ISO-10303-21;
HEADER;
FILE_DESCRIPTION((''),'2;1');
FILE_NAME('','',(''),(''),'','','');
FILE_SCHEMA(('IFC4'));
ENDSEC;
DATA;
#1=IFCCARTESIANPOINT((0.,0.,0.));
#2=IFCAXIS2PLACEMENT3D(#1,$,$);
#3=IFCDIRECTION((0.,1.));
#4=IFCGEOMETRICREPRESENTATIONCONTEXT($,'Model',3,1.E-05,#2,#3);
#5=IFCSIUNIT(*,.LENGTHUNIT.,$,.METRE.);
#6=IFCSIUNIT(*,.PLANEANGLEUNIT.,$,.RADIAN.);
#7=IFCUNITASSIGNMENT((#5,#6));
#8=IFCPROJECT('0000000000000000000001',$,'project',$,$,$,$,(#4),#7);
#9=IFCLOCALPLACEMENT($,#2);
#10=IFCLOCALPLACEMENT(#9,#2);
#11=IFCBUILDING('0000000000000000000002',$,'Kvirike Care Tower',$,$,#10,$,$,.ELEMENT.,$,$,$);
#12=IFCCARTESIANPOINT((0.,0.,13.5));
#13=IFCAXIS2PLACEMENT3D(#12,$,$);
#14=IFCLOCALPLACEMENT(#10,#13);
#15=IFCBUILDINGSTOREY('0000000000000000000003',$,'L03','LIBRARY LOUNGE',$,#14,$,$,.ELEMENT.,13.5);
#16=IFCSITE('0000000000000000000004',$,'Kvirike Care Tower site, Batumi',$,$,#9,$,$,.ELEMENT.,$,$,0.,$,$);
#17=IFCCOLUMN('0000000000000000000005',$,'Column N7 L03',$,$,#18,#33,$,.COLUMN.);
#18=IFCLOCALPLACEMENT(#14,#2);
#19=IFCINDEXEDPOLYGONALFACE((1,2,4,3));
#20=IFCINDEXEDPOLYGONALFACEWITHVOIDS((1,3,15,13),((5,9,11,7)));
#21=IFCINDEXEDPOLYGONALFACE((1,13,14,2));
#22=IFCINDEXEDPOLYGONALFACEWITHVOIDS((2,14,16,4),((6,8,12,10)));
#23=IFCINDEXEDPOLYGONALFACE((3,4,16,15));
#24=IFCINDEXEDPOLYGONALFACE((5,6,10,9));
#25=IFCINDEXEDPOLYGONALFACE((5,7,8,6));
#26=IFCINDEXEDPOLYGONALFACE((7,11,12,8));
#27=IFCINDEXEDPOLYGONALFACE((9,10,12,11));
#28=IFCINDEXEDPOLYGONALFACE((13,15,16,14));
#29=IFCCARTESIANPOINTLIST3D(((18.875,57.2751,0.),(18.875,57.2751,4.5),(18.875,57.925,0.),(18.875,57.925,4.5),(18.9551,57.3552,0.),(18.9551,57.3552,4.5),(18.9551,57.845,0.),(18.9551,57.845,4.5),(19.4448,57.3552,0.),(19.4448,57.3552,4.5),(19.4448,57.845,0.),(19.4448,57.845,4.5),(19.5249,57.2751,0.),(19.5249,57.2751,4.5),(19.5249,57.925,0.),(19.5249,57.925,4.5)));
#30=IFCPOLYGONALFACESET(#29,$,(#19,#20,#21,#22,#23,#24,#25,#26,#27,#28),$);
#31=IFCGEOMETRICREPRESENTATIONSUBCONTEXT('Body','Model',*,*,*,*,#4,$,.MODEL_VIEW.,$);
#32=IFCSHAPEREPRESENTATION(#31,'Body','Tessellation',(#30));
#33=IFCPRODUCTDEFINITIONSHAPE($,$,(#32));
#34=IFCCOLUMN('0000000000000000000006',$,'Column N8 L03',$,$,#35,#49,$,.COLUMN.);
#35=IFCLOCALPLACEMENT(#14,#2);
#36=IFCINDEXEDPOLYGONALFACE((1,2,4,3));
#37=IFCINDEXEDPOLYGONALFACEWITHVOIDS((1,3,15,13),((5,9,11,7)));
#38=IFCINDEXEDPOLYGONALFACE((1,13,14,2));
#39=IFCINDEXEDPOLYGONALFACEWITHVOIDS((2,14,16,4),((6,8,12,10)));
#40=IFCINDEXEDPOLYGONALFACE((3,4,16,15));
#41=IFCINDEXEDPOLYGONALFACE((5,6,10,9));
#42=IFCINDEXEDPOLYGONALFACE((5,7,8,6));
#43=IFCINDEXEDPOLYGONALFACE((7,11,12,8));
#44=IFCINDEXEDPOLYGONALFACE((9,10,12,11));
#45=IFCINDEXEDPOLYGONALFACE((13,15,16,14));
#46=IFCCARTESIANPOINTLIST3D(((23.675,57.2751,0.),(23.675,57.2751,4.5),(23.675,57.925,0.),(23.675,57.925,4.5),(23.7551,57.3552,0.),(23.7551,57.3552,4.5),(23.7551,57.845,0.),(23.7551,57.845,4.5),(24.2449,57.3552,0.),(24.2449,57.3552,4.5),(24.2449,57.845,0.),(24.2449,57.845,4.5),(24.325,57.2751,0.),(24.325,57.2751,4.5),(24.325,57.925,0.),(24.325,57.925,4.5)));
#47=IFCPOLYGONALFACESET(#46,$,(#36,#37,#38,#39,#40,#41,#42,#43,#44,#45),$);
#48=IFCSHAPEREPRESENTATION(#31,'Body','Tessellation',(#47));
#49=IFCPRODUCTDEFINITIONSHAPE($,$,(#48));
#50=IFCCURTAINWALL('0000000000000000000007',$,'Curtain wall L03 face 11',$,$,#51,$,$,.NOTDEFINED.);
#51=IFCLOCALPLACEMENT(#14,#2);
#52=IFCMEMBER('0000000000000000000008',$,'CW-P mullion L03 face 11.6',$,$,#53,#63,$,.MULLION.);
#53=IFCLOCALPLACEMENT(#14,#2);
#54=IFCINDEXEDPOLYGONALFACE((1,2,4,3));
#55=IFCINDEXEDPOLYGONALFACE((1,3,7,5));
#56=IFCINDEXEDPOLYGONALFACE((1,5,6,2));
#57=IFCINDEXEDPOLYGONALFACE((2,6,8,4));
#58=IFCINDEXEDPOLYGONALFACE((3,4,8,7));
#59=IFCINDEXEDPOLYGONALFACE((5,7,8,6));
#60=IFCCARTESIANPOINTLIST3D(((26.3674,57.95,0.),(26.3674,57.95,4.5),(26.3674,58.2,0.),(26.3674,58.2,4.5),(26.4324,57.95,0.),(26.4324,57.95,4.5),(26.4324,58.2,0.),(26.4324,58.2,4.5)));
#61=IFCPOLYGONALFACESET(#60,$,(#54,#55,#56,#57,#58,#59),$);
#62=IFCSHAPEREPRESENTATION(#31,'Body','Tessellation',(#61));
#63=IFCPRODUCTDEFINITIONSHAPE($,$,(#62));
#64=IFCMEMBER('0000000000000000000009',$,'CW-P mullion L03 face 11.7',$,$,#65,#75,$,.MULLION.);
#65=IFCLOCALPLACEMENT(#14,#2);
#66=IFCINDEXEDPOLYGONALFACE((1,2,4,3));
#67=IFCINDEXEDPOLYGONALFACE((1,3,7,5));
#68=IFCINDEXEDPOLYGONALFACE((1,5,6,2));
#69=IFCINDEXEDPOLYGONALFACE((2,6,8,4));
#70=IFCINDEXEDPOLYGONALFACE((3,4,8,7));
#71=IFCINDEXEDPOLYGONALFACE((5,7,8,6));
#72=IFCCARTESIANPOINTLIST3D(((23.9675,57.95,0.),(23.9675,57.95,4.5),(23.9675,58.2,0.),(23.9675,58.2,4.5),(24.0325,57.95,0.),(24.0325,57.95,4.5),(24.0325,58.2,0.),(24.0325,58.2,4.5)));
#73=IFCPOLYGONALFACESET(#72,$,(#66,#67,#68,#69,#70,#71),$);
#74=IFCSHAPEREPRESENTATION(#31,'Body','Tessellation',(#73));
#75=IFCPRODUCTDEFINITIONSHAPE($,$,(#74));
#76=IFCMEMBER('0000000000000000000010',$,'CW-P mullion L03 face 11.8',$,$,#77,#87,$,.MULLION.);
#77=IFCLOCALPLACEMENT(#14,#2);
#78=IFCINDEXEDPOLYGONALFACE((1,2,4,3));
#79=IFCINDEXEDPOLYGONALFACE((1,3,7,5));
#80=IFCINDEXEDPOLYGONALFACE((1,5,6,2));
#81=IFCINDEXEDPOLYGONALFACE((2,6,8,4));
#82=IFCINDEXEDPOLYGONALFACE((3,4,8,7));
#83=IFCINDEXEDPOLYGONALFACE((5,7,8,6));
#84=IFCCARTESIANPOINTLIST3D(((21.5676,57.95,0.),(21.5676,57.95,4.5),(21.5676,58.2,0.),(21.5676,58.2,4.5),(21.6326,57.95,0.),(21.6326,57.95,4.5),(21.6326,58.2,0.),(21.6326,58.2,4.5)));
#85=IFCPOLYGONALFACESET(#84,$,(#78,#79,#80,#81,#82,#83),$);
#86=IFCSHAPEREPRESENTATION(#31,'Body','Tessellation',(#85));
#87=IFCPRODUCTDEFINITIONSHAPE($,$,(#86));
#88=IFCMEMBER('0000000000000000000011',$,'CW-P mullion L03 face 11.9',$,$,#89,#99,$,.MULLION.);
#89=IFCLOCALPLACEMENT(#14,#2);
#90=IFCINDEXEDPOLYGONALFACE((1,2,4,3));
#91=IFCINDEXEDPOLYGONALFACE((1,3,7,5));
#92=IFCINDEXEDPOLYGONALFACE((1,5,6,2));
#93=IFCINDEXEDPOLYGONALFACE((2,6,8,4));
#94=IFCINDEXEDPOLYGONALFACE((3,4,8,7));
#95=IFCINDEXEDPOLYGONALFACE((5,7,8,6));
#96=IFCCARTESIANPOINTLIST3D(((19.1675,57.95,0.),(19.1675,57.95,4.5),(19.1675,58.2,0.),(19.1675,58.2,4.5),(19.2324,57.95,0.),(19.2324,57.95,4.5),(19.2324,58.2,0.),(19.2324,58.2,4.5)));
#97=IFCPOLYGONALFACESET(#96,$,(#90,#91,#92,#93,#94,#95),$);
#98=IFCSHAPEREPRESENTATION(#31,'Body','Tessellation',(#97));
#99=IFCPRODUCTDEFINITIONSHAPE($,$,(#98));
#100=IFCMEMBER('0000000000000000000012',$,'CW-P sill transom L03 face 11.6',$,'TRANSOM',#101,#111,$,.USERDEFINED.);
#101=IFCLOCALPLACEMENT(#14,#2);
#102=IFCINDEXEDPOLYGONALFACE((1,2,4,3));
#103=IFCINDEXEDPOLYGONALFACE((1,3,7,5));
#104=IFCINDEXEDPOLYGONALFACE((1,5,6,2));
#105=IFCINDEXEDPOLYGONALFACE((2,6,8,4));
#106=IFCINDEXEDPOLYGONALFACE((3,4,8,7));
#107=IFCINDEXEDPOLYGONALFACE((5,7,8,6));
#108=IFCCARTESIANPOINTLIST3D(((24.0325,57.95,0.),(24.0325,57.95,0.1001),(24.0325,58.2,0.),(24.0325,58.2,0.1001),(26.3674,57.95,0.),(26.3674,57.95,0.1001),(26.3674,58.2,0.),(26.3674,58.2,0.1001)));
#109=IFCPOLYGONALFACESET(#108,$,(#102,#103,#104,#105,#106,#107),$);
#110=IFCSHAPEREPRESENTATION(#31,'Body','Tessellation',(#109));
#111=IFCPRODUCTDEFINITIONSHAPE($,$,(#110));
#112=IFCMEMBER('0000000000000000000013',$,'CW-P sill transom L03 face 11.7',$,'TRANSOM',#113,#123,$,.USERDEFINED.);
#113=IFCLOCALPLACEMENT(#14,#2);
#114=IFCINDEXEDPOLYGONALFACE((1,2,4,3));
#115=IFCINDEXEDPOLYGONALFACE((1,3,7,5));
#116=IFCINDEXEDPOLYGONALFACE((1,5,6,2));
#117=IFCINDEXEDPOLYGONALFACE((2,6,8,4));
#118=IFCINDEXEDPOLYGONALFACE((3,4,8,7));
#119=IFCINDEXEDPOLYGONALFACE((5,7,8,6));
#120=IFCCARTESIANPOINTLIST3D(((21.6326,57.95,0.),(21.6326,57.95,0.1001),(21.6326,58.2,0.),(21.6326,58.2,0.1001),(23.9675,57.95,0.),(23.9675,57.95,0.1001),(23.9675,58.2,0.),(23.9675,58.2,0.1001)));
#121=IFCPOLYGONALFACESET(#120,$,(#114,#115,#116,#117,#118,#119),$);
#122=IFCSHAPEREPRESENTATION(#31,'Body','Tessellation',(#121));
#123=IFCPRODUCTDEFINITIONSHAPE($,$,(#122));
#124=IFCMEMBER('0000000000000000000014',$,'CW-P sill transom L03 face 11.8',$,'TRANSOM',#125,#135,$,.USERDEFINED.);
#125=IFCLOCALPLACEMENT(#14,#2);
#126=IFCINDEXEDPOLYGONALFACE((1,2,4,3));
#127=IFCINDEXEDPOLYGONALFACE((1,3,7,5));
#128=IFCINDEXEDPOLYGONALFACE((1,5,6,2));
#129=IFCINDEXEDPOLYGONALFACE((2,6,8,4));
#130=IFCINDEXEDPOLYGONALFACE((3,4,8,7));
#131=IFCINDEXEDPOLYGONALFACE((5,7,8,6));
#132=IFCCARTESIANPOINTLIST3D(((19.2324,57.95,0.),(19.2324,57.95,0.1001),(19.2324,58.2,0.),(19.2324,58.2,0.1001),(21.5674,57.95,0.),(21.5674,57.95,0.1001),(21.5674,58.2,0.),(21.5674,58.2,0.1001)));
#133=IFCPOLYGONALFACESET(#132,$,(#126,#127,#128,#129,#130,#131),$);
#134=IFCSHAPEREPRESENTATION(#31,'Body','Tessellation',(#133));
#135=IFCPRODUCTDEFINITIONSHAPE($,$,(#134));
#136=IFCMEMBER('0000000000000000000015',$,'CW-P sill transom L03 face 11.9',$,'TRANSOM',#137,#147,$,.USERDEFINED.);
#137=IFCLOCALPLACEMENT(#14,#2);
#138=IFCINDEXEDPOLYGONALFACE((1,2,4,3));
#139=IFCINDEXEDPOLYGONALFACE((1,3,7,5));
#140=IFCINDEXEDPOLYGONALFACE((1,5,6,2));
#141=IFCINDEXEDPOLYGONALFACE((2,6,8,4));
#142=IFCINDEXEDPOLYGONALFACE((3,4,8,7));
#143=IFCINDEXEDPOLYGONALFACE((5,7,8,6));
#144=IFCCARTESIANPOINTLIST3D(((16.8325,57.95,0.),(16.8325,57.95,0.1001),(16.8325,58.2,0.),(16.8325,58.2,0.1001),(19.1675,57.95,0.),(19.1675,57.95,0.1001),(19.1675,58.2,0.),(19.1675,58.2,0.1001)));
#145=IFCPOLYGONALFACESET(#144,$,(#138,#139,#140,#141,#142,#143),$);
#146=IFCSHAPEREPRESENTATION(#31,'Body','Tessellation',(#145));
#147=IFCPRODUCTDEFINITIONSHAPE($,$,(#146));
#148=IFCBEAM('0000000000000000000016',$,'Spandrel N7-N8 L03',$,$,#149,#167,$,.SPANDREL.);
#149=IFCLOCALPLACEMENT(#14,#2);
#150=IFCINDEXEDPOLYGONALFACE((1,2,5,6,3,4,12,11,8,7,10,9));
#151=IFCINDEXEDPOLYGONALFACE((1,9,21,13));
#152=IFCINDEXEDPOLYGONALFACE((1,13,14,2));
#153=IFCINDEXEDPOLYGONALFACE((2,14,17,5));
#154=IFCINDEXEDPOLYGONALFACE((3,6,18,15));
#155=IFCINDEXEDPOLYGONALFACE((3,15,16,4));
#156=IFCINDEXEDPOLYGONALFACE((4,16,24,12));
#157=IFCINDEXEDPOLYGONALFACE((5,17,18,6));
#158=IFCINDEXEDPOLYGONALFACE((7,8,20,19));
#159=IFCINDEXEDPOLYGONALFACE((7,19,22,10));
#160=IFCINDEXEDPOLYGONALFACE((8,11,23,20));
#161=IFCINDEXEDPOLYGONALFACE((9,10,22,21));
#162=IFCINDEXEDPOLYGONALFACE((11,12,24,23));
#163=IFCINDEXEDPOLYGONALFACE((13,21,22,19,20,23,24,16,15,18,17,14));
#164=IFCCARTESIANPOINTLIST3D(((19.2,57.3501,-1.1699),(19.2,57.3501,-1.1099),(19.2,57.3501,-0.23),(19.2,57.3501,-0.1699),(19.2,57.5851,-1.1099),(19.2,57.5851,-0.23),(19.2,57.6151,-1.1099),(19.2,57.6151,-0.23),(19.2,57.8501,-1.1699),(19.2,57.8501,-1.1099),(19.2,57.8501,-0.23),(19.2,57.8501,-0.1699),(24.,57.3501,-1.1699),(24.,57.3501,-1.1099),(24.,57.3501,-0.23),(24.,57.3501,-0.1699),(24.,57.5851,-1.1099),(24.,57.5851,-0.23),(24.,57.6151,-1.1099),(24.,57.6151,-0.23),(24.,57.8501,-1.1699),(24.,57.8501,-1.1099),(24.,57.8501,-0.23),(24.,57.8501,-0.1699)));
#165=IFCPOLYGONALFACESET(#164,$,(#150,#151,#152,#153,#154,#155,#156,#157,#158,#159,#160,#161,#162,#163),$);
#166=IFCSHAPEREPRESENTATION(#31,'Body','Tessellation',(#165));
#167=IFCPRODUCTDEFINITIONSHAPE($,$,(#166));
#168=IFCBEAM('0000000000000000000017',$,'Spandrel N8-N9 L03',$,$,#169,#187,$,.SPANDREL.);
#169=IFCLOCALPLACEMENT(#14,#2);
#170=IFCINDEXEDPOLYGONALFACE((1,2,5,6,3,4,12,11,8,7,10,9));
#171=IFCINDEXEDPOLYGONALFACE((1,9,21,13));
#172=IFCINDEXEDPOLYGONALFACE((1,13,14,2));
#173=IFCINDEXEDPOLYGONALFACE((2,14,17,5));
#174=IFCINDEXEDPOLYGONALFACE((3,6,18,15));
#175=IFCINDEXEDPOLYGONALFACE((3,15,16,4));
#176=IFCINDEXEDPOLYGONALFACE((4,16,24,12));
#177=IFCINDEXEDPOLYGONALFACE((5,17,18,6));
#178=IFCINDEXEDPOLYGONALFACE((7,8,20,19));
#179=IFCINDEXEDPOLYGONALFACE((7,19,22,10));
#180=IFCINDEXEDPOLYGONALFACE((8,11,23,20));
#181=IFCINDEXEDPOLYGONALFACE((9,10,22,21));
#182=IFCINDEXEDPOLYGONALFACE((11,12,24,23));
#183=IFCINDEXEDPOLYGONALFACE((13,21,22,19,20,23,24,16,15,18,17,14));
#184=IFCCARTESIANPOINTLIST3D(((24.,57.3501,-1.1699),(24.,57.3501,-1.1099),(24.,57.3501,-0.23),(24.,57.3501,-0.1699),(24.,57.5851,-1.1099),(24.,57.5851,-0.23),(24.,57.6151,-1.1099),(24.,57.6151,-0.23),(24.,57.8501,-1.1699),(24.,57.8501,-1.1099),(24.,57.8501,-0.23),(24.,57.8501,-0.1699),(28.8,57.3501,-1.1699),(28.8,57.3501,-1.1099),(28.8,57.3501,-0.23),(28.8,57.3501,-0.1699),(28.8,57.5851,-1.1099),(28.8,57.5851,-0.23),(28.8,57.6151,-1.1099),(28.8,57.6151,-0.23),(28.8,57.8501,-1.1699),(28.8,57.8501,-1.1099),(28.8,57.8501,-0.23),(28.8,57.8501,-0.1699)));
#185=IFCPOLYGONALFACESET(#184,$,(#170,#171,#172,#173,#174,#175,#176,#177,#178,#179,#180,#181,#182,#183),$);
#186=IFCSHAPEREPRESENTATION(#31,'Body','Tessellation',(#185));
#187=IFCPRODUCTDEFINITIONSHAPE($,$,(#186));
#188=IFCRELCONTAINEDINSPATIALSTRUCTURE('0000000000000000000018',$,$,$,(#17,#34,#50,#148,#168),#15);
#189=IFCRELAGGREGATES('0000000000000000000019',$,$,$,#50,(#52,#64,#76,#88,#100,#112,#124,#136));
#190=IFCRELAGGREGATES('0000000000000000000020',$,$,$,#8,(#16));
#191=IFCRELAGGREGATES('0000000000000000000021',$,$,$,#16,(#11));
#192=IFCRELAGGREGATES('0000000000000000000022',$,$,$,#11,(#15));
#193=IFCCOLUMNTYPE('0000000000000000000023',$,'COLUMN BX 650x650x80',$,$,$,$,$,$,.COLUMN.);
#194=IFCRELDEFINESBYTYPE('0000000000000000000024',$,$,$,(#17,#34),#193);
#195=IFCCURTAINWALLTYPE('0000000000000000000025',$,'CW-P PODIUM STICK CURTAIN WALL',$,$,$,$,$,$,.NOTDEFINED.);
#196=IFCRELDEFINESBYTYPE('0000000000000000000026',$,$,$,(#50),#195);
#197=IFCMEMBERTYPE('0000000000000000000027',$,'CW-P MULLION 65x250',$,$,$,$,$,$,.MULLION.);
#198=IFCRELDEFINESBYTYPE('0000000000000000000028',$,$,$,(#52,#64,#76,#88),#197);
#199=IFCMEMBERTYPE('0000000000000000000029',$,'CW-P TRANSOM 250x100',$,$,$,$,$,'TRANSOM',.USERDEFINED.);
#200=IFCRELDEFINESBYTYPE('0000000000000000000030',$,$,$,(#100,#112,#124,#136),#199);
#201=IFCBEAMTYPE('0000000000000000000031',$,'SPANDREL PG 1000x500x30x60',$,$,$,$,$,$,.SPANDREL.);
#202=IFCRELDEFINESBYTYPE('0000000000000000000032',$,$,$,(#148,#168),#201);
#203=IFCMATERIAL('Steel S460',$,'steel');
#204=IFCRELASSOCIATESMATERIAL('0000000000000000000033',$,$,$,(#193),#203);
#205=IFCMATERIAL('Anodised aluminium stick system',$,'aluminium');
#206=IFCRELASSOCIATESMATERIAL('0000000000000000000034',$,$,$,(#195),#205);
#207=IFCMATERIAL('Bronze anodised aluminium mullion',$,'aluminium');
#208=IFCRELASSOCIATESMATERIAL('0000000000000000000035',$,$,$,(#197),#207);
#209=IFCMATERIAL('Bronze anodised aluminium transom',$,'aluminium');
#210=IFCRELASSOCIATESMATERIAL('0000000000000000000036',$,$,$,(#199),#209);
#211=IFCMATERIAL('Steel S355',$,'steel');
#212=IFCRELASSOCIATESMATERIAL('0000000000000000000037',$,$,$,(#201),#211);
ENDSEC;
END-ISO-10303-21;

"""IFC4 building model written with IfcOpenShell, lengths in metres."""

from ifc_helpers import new_model, si_unit, direction, frame, origin, origin_2d, place, context, subcontext, project, spatial, rectangle, hollow_rectangle, i_section, extrude, material, material_profile, profile_set, type_object, element, aggregate, save


model = new_model("IFC4")

# Units and contexts
model_context = context("Model", 3, precision=1e-05, world=origin(), true_north=direction((0.0, 1.0)))
body_context = subcontext(model_context, "Body", "Model", "MODEL_VIEW")
ifc_project = project(units=[si_unit("LENGTHUNIT", "METRE"), si_unit("PLANEANGLEUNIT", "RADIAN")], contexts=[model_context])

# Site, building, storey
site_placement = place(None, origin())
site = spatial("IfcSite", under=ifc_project, at=site_placement, Name="Kvirike Care Tower site, Batumi", CompositionType="ELEMENT", RefElevation=0.0)
building_placement = place(site_placement, origin())
building = spatial("IfcBuilding", under=site, at=building_placement, Name="Kvirike Care Tower", CompositionType="ELEMENT")
storey_placement = place(building_placement, frame((0.0, 0.0, 13.5)))
storey = spatial("IfcBuildingStorey", under=building, at=storey_placement, Name="L03", Description="LIBRARY LOUNGE", CompositionType="ELEMENT", Elevation=13.5)

# Columns
ifc_material_1 = material(Name="Steel S460", Category="steel")
ifc_material_profile_1 = material_profile(ifc_material_1, hollow_rectangle(XDim=0.6499, YDim=0.6499, WallThickness=0.0801, at=origin_2d()), Name="BX 650x650x80")
ifc_profile_set_1 = profile_set([ifc_material_profile_1], Name="Steel S460")
column_type = type_object("IfcColumnType", Name="COLUMN BX 650x650x80", PredefinedType="COLUMN", material=ifc_profile_set_1)
for number, where, z_axis, x_axis, name in (
    (1, (19.2, 57.6001, 0.0), (0.0, 0.0, 1.0), (0.0, 1.0, 0.0), "Column N7 L03"),
    (2, (24.0, 57.6001, 0.0), (0.0, 0.0, 1.0), (0.0, 1.0, 0.0), "Column N8 L03"),
):
    element("IfcColumn", number, at=place(storey_placement, frame(where, z_axis=z_axis, x_axis=x_axis)), inside=storey, type_object=column_type, Name=name, PredefinedType="COLUMN", context=body_context, shape_type="SweptSolid", body=[
        extrude(hollow_rectangle(XDim=0.6499, YDim=0.6499, WallThickness=0.0801, at=origin_2d()), origin(), (0.0, 0.0, 1.0), 4.5),
    ])

# Curtain wall, members
ifc_material_2 = material(Name="Anodised aluminium stick system", Category="aluminium")
curtain_wall_type = type_object("IfcCurtainWallType", Name="CW-P PODIUM STICK CURTAIN WALL", PredefinedType="NOTDEFINED", material=ifc_material_2)
curtain_wall_placement = place(storey_placement, origin())
curtain_wall = element("IfcCurtainWall", 3, at=curtain_wall_placement, inside=storey, type_object=curtain_wall_type, Name="Curtain wall L03 face 11", PredefinedType="NOTDEFINED")
ifc_material_3 = material(Name="Bronze anodised aluminium mullion", Category="aluminium")
ifc_material_profile_2 = material_profile(ifc_material_3, rectangle(XDim=0.0649, YDim=0.25, at=origin_2d()), Name="CW-P MULLION 65x250")
ifc_profile_set_2 = profile_set([ifc_material_profile_2], Name="Bronze anodised aluminium mullion")
member_type_1 = type_object("IfcMemberType", Name="CW-P MULLION 65x250", PredefinedType="MULLION", material=ifc_profile_set_2)
member_1_placement = place(storey_placement, frame((26.3999, 58.075, 0.0), z_axis=(0.0, 0.0, 1.0), x_axis=(-1.0, 0.0, 0.0)))
member_1 = element("IfcMember", 4, at=member_1_placement, type_object=member_type_1, Name="CW-P mullion L03 face 11.6", PredefinedType="MULLION", context=body_context, shape_type="SweptSolid", body=[
    extrude(rectangle(XDim=0.0649, YDim=0.25, at=origin_2d()), origin(), (0.0, 0.0, 1.0), 4.5),
])
member_2_placement = place(storey_placement, frame((24.0, 58.075, 0.0), z_axis=(0.0, 0.0, 1.0), x_axis=(-1.0, 0.0, 0.0)))
member_2 = element("IfcMember", 5, at=member_2_placement, type_object=member_type_1, Name="CW-P mullion L03 face 11.7", PredefinedType="MULLION", context=body_context, shape_type="SweptSolid", body=[
    extrude(rectangle(XDim=0.0649, YDim=0.25, at=origin_2d()), origin(), (0.0, 0.0, 1.0), 4.5),
])
member_3_placement = place(storey_placement, frame((21.6001, 58.075, 0.0), z_axis=(0.0, 0.0, 1.0), x_axis=(-1.0, 0.0, 0.0)))
member_3 = element("IfcMember", 6, at=member_3_placement, type_object=member_type_1, Name="CW-P mullion L03 face 11.8", PredefinedType="MULLION", context=body_context, shape_type="SweptSolid", body=[
    extrude(rectangle(XDim=0.0649, YDim=0.25, at=origin_2d()), origin(), (0.0, 0.0, 1.0), 4.5),
])
member_4_placement = place(storey_placement, frame((19.2, 58.075, 0.0), z_axis=(0.0, 0.0, 1.0), x_axis=(-1.0, 0.0, 0.0)))
member_4 = element("IfcMember", 7, at=member_4_placement, type_object=member_type_1, Name="CW-P mullion L03 face 11.9", PredefinedType="MULLION", context=body_context, shape_type="SweptSolid", body=[
    extrude(rectangle(XDim=0.0649, YDim=0.25, at=origin_2d()), origin(), (0.0, 0.0, 1.0), 4.5),
])
ifc_material_4 = material(Name="Bronze anodised aluminium transom", Category="aluminium")
ifc_material_profile_3 = material_profile(ifc_material_4, rectangle(XDim=0.25, YDim=0.1001, at=origin_2d()), Name="CW-P TRANSOM 250x100")
ifc_profile_set_3 = profile_set([ifc_material_profile_3], Name="Bronze anodised aluminium transom")
member_type_2 = type_object("IfcMemberType", Name="CW-P TRANSOM 250x100", ElementType="TRANSOM", PredefinedType="USERDEFINED", material=ifc_profile_set_3)
member_5_placement = place(storey_placement, frame((26.3674, 58.075, 0.05), z_axis=(-1.0, 0.0, 0.0), x_axis=(0.0, -1.0, 0.0)))
member_5 = element("IfcMember", 8, at=member_5_placement, type_object=member_type_2, Name="CW-P sill transom L03 face 11.6", ObjectType="TRANSOM", PredefinedType="USERDEFINED", context=body_context, shape_type="SweptSolid", body=[
    extrude(rectangle(XDim=0.25, YDim=0.1001, at=origin_2d()), origin(), (0.0, 0.0, 1.0), 2.335),
])
member_6_placement = place(storey_placement, frame((23.9675, 58.075, 0.05), z_axis=(-1.0, 0.0, 0.0), x_axis=(0.0, -1.0, 0.0)))
member_6 = element("IfcMember", 9, at=member_6_placement, type_object=member_type_2, Name="CW-P sill transom L03 face 11.7", ObjectType="TRANSOM", PredefinedType="USERDEFINED", context=body_context, shape_type="SweptSolid", body=[
    extrude(rectangle(XDim=0.25, YDim=0.1001, at=origin_2d()), origin(), (0.0, 0.0, 1.0), 2.335),
])
member_7_placement = place(storey_placement, frame((21.5674, 58.075, 0.05), z_axis=(-1.0, 0.0, 0.0), x_axis=(0.0, -1.0, 0.0)))
member_7 = element("IfcMember", 10, at=member_7_placement, type_object=member_type_2, Name="CW-P sill transom L03 face 11.8", ObjectType="TRANSOM", PredefinedType="USERDEFINED", context=body_context, shape_type="SweptSolid", body=[
    extrude(rectangle(XDim=0.25, YDim=0.1001, at=origin_2d()), origin(), (0.0, 0.0, 1.0), 2.335),
])
member_8_placement = place(storey_placement, frame((19.1675, 58.075, 0.05), z_axis=(-1.0, 0.0, 0.0), x_axis=(0.0, -1.0, 0.0)))
member_8 = element("IfcMember", 11, at=member_8_placement, type_object=member_type_2, Name="CW-P sill transom L03 face 11.9", ObjectType="TRANSOM", PredefinedType="USERDEFINED", context=body_context, shape_type="SweptSolid", body=[
    extrude(rectangle(XDim=0.25, YDim=0.1001, at=origin_2d()), origin(), (0.0, 0.0, 1.0), 2.335),
])

# Beams
ifc_material_5 = material(Name="Steel S355", Category="steel")
ifc_material_profile_4 = material_profile(ifc_material_5, i_section(OverallWidth=0.5, OverallDepth=1.0, WebThickness=0.03, FlangeThickness=0.0601, at=origin_2d()), Name="PG 1000x500x30x60")
ifc_profile_set_4 = profile_set([ifc_material_profile_4], Name="Steel S355")
beam_type = type_object("IfcBeamType", Name="SPANDREL PG 1000x500x30x60", PredefinedType="SPANDREL", material=ifc_profile_set_4)
for number, where, z_axis, x_axis, name in (
    (12, (19.2, 57.6001, -0.6699), (1.0, 0.0, 0.0), (0.0, 1.0, 0.0), "Spandrel N7-N8 L03"),
    (13, (24.0, 57.6001, -0.6699), (1.0, 0.0, 0.0), (0.0, 1.0, 0.0), "Spandrel N8-N9 L03"),
):
    element("IfcBeam", number, at=place(storey_placement, frame(where, z_axis=z_axis, x_axis=x_axis)), inside=storey, type_object=beam_type, Name=name, PredefinedType="SPANDREL", context=body_context, shape_type="SweptSolid", body=[
        extrude(i_section(OverallWidth=0.5, OverallDepth=1.0, WebThickness=0.03, FlangeThickness=0.0601, at=origin_2d()), origin(), (0.0, 0.0, 1.0), 4.8),
    ])

aggregate(curtain_wall, [member_1, member_2, member_3, member_4, member_5, member_6, member_7, member_8])

save(model, "model.ifc")
